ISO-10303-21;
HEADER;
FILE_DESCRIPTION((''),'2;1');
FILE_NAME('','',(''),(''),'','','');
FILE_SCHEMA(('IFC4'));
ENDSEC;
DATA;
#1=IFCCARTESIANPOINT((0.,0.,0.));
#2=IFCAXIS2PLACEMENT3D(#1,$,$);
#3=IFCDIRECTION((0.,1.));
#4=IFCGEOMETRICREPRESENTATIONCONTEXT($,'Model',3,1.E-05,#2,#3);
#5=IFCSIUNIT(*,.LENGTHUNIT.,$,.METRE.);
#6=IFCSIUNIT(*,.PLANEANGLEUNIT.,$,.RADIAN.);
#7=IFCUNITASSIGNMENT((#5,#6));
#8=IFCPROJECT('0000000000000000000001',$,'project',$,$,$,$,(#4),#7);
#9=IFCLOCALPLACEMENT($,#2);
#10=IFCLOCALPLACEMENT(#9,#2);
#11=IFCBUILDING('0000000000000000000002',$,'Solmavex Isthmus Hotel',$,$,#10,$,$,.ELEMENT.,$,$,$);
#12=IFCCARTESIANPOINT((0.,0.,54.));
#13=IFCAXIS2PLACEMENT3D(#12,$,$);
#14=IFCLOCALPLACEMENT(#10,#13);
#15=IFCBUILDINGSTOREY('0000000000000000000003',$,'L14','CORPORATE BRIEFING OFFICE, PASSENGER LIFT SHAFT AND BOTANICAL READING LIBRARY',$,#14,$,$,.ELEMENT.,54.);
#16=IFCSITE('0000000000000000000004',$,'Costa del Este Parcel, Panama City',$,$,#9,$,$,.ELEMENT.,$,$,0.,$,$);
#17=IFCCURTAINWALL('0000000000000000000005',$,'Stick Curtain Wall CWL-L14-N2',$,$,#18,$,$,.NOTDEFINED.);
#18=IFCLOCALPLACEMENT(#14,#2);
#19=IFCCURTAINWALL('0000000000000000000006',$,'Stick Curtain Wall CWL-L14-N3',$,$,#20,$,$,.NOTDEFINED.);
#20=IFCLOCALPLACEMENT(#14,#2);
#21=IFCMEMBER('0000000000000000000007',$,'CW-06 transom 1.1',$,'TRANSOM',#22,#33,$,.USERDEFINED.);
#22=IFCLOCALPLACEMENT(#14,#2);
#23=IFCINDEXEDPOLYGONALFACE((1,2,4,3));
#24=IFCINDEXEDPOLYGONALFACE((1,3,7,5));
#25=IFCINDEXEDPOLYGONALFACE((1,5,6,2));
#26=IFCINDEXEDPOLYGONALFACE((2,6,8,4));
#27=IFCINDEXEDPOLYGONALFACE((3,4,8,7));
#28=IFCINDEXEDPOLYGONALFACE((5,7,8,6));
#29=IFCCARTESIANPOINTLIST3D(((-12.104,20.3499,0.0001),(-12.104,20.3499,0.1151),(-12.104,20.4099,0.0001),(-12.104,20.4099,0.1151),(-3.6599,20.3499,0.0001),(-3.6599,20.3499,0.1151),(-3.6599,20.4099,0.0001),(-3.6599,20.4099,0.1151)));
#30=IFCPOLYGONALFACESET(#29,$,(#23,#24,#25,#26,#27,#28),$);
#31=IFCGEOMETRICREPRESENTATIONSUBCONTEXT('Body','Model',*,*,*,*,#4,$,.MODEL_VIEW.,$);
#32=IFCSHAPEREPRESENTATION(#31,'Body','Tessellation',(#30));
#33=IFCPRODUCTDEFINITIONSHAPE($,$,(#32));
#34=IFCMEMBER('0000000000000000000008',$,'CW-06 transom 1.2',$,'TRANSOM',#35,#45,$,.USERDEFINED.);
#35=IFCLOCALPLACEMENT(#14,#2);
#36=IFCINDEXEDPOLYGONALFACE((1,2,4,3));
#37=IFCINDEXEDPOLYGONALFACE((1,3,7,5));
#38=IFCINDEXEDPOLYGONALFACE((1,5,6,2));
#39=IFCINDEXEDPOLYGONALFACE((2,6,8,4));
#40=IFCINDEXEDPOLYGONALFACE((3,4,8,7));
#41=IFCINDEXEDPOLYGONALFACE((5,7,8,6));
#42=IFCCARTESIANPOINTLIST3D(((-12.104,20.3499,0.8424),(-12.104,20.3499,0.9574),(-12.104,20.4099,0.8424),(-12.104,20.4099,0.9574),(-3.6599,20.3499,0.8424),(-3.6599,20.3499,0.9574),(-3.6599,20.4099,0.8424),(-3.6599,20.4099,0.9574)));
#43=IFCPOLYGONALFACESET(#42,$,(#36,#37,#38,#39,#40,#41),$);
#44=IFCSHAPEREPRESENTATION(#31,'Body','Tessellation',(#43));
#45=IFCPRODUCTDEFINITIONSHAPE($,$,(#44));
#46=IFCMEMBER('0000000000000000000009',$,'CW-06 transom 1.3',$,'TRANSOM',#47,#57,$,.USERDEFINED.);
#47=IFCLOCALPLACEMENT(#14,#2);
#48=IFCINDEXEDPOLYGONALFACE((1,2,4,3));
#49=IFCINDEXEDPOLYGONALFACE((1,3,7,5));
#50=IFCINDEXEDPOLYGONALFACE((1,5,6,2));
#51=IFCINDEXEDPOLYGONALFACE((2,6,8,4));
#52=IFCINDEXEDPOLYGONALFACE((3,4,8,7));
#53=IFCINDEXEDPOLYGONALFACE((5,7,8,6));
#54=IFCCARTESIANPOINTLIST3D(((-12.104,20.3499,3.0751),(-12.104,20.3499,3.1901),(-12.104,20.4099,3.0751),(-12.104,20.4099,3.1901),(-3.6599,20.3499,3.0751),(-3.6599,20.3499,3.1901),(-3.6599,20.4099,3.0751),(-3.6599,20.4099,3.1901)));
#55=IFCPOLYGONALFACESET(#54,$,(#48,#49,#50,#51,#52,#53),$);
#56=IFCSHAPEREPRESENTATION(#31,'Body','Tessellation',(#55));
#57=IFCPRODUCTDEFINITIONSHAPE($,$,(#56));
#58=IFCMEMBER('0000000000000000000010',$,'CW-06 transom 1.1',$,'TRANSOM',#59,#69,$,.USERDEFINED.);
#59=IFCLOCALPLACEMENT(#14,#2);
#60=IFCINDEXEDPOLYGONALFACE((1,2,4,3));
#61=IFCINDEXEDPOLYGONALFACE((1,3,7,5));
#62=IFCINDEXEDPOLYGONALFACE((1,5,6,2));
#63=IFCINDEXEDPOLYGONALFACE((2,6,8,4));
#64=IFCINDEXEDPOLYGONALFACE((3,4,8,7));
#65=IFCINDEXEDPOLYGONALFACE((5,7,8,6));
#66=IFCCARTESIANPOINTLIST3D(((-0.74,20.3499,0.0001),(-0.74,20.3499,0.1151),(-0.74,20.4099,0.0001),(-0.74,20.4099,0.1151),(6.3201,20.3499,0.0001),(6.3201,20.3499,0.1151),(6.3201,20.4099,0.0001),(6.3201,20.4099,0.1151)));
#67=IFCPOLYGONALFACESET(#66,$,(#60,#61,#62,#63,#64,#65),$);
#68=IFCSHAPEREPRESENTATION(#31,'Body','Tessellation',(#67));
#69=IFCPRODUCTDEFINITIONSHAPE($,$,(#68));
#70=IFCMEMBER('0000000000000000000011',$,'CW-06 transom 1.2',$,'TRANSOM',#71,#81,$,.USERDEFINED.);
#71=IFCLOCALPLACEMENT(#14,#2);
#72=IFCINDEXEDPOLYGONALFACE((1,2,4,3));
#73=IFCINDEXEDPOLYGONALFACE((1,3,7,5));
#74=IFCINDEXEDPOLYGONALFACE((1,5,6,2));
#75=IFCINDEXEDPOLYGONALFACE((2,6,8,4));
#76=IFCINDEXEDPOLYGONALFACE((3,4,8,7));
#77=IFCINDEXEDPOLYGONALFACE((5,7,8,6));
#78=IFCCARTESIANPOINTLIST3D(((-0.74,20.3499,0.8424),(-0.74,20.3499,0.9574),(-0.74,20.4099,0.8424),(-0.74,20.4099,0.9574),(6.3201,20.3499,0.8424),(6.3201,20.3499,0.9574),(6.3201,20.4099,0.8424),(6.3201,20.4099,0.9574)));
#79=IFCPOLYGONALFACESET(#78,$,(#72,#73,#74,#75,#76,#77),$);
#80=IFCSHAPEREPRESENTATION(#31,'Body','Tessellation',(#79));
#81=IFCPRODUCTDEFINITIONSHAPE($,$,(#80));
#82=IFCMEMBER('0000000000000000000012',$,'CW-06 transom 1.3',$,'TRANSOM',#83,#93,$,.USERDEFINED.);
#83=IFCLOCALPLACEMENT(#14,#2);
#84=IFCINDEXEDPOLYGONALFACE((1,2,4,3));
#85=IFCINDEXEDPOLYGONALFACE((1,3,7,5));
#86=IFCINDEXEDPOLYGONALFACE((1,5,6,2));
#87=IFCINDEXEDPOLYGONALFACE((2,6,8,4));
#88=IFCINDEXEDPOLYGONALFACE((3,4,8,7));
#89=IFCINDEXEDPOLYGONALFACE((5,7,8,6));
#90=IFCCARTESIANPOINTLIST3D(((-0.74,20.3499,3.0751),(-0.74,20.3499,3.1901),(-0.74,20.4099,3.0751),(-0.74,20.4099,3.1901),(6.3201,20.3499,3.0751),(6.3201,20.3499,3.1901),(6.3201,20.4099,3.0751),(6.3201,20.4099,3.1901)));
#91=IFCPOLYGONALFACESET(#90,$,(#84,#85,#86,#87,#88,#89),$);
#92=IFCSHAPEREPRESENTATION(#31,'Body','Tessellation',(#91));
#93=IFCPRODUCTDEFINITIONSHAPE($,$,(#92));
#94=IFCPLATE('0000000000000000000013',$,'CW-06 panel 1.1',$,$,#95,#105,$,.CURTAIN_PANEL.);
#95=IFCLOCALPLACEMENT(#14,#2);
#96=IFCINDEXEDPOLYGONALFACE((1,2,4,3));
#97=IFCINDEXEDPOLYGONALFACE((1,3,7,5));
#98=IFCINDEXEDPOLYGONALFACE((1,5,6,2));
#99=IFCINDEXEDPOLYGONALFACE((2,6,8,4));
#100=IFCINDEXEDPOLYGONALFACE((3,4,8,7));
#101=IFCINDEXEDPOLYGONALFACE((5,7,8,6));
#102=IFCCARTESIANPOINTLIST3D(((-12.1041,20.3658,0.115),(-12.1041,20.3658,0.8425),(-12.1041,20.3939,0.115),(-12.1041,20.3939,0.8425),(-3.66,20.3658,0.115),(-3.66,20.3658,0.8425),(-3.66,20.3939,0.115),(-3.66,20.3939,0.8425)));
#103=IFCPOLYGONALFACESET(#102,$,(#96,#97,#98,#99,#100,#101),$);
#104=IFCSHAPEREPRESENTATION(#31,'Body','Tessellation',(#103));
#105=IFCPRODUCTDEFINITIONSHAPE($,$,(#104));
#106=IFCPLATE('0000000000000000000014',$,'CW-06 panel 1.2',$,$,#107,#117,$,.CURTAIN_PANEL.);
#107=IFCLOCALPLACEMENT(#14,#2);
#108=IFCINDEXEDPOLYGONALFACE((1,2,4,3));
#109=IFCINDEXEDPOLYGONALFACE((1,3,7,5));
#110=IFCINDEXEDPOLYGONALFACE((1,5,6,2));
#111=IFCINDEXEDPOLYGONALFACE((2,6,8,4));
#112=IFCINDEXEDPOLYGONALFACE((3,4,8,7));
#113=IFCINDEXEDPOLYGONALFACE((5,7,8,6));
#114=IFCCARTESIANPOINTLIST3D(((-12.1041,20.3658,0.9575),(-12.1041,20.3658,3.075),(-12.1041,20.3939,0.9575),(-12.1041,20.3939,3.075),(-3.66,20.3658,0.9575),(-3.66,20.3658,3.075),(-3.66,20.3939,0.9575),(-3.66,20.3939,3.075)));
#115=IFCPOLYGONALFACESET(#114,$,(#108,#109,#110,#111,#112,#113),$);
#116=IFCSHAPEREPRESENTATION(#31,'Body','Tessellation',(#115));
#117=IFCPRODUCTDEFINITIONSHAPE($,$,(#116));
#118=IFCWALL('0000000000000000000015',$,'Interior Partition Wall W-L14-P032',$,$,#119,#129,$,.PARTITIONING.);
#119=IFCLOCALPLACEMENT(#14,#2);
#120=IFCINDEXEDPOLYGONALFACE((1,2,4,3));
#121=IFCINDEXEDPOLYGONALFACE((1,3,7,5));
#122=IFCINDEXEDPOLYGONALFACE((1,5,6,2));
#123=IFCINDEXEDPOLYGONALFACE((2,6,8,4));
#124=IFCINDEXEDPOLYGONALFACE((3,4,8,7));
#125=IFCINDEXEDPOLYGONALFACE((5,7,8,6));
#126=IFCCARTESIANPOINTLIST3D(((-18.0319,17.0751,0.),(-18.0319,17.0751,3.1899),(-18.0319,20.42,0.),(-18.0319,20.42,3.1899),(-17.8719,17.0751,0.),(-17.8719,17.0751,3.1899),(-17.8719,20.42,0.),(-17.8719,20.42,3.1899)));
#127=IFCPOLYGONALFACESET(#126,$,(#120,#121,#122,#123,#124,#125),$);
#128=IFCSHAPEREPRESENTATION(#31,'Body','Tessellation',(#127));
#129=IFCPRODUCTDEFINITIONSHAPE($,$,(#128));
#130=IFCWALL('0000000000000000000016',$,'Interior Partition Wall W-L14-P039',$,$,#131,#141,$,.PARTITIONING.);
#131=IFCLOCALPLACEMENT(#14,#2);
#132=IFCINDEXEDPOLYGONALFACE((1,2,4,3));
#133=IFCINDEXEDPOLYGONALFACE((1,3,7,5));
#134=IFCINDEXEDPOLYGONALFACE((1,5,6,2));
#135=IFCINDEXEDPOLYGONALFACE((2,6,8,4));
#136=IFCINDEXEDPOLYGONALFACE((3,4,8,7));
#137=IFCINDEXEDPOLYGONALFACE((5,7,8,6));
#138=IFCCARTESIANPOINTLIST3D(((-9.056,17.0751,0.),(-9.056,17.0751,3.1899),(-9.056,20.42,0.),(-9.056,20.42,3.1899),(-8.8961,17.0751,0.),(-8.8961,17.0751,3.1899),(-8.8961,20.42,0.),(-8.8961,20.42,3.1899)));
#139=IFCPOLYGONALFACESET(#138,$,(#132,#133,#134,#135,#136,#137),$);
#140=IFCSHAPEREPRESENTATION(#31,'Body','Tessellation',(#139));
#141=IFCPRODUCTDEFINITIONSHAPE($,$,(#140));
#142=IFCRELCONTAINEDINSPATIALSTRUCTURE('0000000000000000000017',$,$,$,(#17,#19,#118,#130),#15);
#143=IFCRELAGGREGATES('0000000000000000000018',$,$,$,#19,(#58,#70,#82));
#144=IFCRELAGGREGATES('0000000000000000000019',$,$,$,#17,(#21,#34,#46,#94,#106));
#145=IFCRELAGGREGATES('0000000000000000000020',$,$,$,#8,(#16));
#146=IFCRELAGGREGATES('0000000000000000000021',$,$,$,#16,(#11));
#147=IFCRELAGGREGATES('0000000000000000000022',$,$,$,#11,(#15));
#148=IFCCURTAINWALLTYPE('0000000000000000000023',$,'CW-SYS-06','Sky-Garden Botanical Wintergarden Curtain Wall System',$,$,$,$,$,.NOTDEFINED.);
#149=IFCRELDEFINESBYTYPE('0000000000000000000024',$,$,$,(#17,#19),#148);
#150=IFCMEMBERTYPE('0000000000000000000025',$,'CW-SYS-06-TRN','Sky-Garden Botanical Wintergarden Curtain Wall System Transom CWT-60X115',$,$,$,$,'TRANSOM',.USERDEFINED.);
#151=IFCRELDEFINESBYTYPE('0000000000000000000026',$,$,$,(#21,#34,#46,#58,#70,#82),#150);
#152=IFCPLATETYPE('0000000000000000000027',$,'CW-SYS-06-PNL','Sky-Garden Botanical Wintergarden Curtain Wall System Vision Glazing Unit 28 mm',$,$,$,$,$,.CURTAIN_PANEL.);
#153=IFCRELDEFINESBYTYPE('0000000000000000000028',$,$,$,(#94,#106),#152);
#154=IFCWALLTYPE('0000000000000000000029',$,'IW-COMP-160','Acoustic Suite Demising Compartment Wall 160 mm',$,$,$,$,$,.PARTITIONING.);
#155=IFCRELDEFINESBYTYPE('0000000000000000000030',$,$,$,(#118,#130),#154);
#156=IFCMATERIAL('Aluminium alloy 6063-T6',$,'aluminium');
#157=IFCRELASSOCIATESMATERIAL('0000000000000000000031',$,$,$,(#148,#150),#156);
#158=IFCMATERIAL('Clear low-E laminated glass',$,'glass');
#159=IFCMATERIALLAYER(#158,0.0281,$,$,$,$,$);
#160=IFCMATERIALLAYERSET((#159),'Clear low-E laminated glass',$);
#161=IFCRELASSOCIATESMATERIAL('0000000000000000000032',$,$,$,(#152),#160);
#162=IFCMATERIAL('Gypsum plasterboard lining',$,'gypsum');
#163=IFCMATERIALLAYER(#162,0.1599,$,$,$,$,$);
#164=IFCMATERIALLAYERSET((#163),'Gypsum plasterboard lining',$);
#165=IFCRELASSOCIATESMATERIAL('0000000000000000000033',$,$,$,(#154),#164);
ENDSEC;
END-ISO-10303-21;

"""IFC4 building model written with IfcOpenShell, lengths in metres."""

from ifc_helpers import new_model, si_unit, direction, frame, frame_2d, origin, origin_2d, place, context, subcontext, project, spatial, rectangle, extrude, material, layer, layer_set, material_profile, profile_set, type_object, element, aggregate, save


model = new_model("IFC4")

# Units and contexts
model_context = context("Model", 3, precision=1e-05, world=origin(), true_north=direction((0.0, 1.0)))
body_context = subcontext(model_context, "Body", "Model", "MODEL_VIEW")
ifc_project = project(units=[si_unit("LENGTHUNIT", "METRE"), si_unit("PLANEANGLEUNIT", "RADIAN")], contexts=[model_context])

# Site, building, storey
site_placement = place(None, origin())
site = spatial("IfcSite", under=ifc_project, at=site_placement, Name="Costa del Este Parcel, Panama City", CompositionType="ELEMENT", RefElevation=0.0)
building_placement = place(site_placement, origin())
building = spatial("IfcBuilding", under=site, at=building_placement, Name="Solmavex Isthmus Hotel", CompositionType="ELEMENT")
storey_placement = place(building_placement, frame((0.0, 0.0, 54.0)))
storey = spatial("IfcBuildingStorey", under=building, at=storey_placement, Name="L14", Description="CORPORATE BRIEFING OFFICE, PASSENGER LIFT SHAFT AND BOTANICAL READING LIBRARY", CompositionType="ELEMENT", Elevation=54.0)

# Shared definitions
ifc_material_1 = material(Name="Aluminium alloy 6063-T6", Category="aluminium")
curtain_wall_type = type_object("IfcCurtainWallType", Name="CW-SYS-06", Description="Sky-Garden Botanical Wintergarden Curtain Wall System", PredefinedType="NOTDEFINED", material=ifc_material_1)

# Curtain wall
curtain_wall_1_placement = place(storey_placement, origin())
curtain_wall_1 = element("IfcCurtainWall", 1, at=curtain_wall_1_placement, inside=storey, type_object=curtain_wall_type, Name="Stick Curtain Wall CWL-L14-N2", PredefinedType="NOTDEFINED")

# Curtain wall
curtain_wall_2_placement = place(storey_placement, origin())
curtain_wall_2 = element("IfcCurtainWall", 2, at=curtain_wall_2_placement, inside=storey, type_object=curtain_wall_type, Name="Stick Curtain Wall CWL-L14-N3", PredefinedType="NOTDEFINED")

# Members
ifc_material_profile_1 = material_profile(ifc_material_1, rectangle(XDim=0.0601, YDim=0.115, at=origin_2d()), Name="CWT-60X115")
ifc_profile_set_1 = profile_set([ifc_material_profile_1], Name="Aluminium alloy 6063-T6")
member_type_1 = type_object("IfcMemberType", Name="CW-SYS-06-TRN", Description="Sky-Garden Botanical Wintergarden Curtain Wall System Transom CWT-60X115", ElementType="TRANSOM", PredefinedType="USERDEFINED", material=ifc_profile_set_1)
member_1_placement = place(storey_placement, frame((-12.104, 20.3799, 0.0576), z_axis=(1.0, 0.0, 0.0), x_axis=(0.0, 1.0, 0.0)))
member_1 = element("IfcMember", 3, at=member_1_placement, type_object=member_type_1, Name="CW-06 transom 1.1", ObjectType="TRANSOM", PredefinedType="USERDEFINED", context=body_context, shape_type="SweptSolid", body=[
    extrude(rectangle(XDim=0.0601, YDim=0.115, at=origin_2d()), origin(), (0.0, 0.0, 1.0), 8.4441),
])
member_2_placement = place(storey_placement, frame((-12.104, 20.3799, 0.8999), z_axis=(1.0, 0.0, 0.0), x_axis=(0.0, 1.0, 0.0)))
member_2 = element("IfcMember", 4, at=member_2_placement, type_object=member_type_1, Name="CW-06 transom 1.2", ObjectType="TRANSOM", PredefinedType="USERDEFINED", context=body_context, shape_type="SweptSolid", body=[
    extrude(rectangle(XDim=0.0601, YDim=0.115, at=origin_2d()), origin(), (0.0, 0.0, 1.0), 8.4441),
])
member_3_placement = place(storey_placement, frame((-12.104, 20.3799, 3.1326), z_axis=(1.0, 0.0, 0.0), x_axis=(0.0, 1.0, 0.0)))
member_3 = element("IfcMember", 5, at=member_3_placement, type_object=member_type_1, Name="CW-06 transom 1.3", ObjectType="TRANSOM", PredefinedType="USERDEFINED", context=body_context, shape_type="SweptSolid", body=[
    extrude(rectangle(XDim=0.0601, YDim=0.115, at=origin_2d()), origin(), (0.0, 0.0, 1.0), 8.4441),
])
member_4_placement = place(storey_placement, frame((-0.74, 20.3799, 0.0576), z_axis=(1.0, 0.0, 0.0), x_axis=(0.0, 1.0, 0.0)))
member_4 = element("IfcMember", 6, at=member_4_placement, type_object=member_type_1, Name="CW-06 transom 1.1", ObjectType="TRANSOM", PredefinedType="USERDEFINED", context=body_context, shape_type="SweptSolid", body=[
    extrude(rectangle(XDim=0.0601, YDim=0.115, at=origin_2d()), origin(), (0.0, 0.0, 1.0), 7.0601),
])
member_5_placement = place(storey_placement, frame((-0.74, 20.3799, 0.8999), z_axis=(1.0, 0.0, 0.0), x_axis=(0.0, 1.0, 0.0)))
member_5 = element("IfcMember", 7, at=member_5_placement, type_object=member_type_1, Name="CW-06 transom 1.2", ObjectType="TRANSOM", PredefinedType="USERDEFINED", context=body_context, shape_type="SweptSolid", body=[
    extrude(rectangle(XDim=0.0601, YDim=0.115, at=origin_2d()), origin(), (0.0, 0.0, 1.0), 7.0601),
])
member_6_placement = place(storey_placement, frame((-0.74, 20.3799, 3.1326), z_axis=(1.0, 0.0, 0.0), x_axis=(0.0, 1.0, 0.0)))
member_6 = element("IfcMember", 8, at=member_6_placement, type_object=member_type_1, Name="CW-06 transom 1.3", ObjectType="TRANSOM", PredefinedType="USERDEFINED", context=body_context, shape_type="SweptSolid", body=[
    extrude(rectangle(XDim=0.0601, YDim=0.115, at=origin_2d()), origin(), (0.0, 0.0, 1.0), 7.0601),
])
aggregate(curtain_wall_2, [member_4, member_5, member_6])

# Plates
ifc_material_2 = material(Name="Clear low-E laminated glass", Category="glass")
ifc_layer_1 = layer(ifc_material_2, 0.0281)
ifc_layer_set_1 = layer_set([ifc_layer_1], Name="Clear low-E laminated glass")
plate_type = type_object("IfcPlateType", Name="CW-SYS-06-PNL", Description="Sky-Garden Botanical Wintergarden Curtain Wall System Vision Glazing Unit 28 mm", PredefinedType="CURTAIN_PANEL", material=ifc_layer_set_1)
plate_1_placement = place(storey_placement, frame((-7.8821, 20.3799, 0.115), z_axis=(0.0, 0.0, 1.0), x_axis=(1.0, 0.0, 0.0)))
plate_1 = element("IfcPlate", 9, at=plate_1_placement, type_object=plate_type, Name="CW-06 panel 1.1", PredefinedType="CURTAIN_PANEL", context=body_context, shape_type="SweptSolid", body=[
    extrude(rectangle(XDim=8.4441, YDim=0.0281, at=origin_2d()), origin(), (0.0, 0.0, 1.0), 0.7275),
])
plate_2_placement = place(storey_placement, frame((-7.8821, 20.3799, 0.9575), z_axis=(0.0, 0.0, 1.0), x_axis=(1.0, 0.0, 0.0)))
plate_2 = element("IfcPlate", 10, at=plate_2_placement, type_object=plate_type, Name="CW-06 panel 1.2", PredefinedType="CURTAIN_PANEL", context=body_context, shape_type="SweptSolid", body=[
    extrude(rectangle(XDim=8.4441, YDim=0.0281, at=origin_2d()), origin(), (0.0, 0.0, 1.0), 2.1174),
])
aggregate(curtain_wall_1, [member_1, member_2, member_3, plate_1, plate_2])

# Walls
ifc_material_3 = material(Name="Gypsum plasterboard lining", Category="gypsum")
ifc_layer_2 = layer(ifc_material_3, 0.1599)
ifc_layer_set_2 = layer_set([ifc_layer_2], Name="Gypsum plasterboard lining")
wall_type_1 = type_object("IfcWallType", Name="IW-COMP-160", Description="Acoustic Suite Demising Compartment Wall 160 mm", PredefinedType="PARTITIONING", material=ifc_layer_set_2)
for number, where, z_axis, x_axis, name in (
    (11, (-17.9519, 20.4199, 0.0), (0.0, 0.0, 1.0), (0.0, -1.0, 0.0), "Interior Partition Wall W-L14-P032"),
    (12, (-8.9761, 20.4199, 0.0), (0.0, 0.0, 1.0), (0.0, -1.0, 0.0), "Interior Partition Wall W-L14-P039"),
):
    element("IfcWall", number, at=place(storey_placement, frame(where, z_axis=z_axis, x_axis=x_axis)), inside=storey, type_object=wall_type_1, Name=name, PredefinedType="PARTITIONING", context=body_context, shape_type="SweptSolid", body=[
        extrude(rectangle(XDim=3.345, YDim=0.1599, at=frame_2d((1.6724, 0.0))), origin(), (0.0, 0.0, 1.0), 3.1899),
    ])

save(model, "model.ifc")
